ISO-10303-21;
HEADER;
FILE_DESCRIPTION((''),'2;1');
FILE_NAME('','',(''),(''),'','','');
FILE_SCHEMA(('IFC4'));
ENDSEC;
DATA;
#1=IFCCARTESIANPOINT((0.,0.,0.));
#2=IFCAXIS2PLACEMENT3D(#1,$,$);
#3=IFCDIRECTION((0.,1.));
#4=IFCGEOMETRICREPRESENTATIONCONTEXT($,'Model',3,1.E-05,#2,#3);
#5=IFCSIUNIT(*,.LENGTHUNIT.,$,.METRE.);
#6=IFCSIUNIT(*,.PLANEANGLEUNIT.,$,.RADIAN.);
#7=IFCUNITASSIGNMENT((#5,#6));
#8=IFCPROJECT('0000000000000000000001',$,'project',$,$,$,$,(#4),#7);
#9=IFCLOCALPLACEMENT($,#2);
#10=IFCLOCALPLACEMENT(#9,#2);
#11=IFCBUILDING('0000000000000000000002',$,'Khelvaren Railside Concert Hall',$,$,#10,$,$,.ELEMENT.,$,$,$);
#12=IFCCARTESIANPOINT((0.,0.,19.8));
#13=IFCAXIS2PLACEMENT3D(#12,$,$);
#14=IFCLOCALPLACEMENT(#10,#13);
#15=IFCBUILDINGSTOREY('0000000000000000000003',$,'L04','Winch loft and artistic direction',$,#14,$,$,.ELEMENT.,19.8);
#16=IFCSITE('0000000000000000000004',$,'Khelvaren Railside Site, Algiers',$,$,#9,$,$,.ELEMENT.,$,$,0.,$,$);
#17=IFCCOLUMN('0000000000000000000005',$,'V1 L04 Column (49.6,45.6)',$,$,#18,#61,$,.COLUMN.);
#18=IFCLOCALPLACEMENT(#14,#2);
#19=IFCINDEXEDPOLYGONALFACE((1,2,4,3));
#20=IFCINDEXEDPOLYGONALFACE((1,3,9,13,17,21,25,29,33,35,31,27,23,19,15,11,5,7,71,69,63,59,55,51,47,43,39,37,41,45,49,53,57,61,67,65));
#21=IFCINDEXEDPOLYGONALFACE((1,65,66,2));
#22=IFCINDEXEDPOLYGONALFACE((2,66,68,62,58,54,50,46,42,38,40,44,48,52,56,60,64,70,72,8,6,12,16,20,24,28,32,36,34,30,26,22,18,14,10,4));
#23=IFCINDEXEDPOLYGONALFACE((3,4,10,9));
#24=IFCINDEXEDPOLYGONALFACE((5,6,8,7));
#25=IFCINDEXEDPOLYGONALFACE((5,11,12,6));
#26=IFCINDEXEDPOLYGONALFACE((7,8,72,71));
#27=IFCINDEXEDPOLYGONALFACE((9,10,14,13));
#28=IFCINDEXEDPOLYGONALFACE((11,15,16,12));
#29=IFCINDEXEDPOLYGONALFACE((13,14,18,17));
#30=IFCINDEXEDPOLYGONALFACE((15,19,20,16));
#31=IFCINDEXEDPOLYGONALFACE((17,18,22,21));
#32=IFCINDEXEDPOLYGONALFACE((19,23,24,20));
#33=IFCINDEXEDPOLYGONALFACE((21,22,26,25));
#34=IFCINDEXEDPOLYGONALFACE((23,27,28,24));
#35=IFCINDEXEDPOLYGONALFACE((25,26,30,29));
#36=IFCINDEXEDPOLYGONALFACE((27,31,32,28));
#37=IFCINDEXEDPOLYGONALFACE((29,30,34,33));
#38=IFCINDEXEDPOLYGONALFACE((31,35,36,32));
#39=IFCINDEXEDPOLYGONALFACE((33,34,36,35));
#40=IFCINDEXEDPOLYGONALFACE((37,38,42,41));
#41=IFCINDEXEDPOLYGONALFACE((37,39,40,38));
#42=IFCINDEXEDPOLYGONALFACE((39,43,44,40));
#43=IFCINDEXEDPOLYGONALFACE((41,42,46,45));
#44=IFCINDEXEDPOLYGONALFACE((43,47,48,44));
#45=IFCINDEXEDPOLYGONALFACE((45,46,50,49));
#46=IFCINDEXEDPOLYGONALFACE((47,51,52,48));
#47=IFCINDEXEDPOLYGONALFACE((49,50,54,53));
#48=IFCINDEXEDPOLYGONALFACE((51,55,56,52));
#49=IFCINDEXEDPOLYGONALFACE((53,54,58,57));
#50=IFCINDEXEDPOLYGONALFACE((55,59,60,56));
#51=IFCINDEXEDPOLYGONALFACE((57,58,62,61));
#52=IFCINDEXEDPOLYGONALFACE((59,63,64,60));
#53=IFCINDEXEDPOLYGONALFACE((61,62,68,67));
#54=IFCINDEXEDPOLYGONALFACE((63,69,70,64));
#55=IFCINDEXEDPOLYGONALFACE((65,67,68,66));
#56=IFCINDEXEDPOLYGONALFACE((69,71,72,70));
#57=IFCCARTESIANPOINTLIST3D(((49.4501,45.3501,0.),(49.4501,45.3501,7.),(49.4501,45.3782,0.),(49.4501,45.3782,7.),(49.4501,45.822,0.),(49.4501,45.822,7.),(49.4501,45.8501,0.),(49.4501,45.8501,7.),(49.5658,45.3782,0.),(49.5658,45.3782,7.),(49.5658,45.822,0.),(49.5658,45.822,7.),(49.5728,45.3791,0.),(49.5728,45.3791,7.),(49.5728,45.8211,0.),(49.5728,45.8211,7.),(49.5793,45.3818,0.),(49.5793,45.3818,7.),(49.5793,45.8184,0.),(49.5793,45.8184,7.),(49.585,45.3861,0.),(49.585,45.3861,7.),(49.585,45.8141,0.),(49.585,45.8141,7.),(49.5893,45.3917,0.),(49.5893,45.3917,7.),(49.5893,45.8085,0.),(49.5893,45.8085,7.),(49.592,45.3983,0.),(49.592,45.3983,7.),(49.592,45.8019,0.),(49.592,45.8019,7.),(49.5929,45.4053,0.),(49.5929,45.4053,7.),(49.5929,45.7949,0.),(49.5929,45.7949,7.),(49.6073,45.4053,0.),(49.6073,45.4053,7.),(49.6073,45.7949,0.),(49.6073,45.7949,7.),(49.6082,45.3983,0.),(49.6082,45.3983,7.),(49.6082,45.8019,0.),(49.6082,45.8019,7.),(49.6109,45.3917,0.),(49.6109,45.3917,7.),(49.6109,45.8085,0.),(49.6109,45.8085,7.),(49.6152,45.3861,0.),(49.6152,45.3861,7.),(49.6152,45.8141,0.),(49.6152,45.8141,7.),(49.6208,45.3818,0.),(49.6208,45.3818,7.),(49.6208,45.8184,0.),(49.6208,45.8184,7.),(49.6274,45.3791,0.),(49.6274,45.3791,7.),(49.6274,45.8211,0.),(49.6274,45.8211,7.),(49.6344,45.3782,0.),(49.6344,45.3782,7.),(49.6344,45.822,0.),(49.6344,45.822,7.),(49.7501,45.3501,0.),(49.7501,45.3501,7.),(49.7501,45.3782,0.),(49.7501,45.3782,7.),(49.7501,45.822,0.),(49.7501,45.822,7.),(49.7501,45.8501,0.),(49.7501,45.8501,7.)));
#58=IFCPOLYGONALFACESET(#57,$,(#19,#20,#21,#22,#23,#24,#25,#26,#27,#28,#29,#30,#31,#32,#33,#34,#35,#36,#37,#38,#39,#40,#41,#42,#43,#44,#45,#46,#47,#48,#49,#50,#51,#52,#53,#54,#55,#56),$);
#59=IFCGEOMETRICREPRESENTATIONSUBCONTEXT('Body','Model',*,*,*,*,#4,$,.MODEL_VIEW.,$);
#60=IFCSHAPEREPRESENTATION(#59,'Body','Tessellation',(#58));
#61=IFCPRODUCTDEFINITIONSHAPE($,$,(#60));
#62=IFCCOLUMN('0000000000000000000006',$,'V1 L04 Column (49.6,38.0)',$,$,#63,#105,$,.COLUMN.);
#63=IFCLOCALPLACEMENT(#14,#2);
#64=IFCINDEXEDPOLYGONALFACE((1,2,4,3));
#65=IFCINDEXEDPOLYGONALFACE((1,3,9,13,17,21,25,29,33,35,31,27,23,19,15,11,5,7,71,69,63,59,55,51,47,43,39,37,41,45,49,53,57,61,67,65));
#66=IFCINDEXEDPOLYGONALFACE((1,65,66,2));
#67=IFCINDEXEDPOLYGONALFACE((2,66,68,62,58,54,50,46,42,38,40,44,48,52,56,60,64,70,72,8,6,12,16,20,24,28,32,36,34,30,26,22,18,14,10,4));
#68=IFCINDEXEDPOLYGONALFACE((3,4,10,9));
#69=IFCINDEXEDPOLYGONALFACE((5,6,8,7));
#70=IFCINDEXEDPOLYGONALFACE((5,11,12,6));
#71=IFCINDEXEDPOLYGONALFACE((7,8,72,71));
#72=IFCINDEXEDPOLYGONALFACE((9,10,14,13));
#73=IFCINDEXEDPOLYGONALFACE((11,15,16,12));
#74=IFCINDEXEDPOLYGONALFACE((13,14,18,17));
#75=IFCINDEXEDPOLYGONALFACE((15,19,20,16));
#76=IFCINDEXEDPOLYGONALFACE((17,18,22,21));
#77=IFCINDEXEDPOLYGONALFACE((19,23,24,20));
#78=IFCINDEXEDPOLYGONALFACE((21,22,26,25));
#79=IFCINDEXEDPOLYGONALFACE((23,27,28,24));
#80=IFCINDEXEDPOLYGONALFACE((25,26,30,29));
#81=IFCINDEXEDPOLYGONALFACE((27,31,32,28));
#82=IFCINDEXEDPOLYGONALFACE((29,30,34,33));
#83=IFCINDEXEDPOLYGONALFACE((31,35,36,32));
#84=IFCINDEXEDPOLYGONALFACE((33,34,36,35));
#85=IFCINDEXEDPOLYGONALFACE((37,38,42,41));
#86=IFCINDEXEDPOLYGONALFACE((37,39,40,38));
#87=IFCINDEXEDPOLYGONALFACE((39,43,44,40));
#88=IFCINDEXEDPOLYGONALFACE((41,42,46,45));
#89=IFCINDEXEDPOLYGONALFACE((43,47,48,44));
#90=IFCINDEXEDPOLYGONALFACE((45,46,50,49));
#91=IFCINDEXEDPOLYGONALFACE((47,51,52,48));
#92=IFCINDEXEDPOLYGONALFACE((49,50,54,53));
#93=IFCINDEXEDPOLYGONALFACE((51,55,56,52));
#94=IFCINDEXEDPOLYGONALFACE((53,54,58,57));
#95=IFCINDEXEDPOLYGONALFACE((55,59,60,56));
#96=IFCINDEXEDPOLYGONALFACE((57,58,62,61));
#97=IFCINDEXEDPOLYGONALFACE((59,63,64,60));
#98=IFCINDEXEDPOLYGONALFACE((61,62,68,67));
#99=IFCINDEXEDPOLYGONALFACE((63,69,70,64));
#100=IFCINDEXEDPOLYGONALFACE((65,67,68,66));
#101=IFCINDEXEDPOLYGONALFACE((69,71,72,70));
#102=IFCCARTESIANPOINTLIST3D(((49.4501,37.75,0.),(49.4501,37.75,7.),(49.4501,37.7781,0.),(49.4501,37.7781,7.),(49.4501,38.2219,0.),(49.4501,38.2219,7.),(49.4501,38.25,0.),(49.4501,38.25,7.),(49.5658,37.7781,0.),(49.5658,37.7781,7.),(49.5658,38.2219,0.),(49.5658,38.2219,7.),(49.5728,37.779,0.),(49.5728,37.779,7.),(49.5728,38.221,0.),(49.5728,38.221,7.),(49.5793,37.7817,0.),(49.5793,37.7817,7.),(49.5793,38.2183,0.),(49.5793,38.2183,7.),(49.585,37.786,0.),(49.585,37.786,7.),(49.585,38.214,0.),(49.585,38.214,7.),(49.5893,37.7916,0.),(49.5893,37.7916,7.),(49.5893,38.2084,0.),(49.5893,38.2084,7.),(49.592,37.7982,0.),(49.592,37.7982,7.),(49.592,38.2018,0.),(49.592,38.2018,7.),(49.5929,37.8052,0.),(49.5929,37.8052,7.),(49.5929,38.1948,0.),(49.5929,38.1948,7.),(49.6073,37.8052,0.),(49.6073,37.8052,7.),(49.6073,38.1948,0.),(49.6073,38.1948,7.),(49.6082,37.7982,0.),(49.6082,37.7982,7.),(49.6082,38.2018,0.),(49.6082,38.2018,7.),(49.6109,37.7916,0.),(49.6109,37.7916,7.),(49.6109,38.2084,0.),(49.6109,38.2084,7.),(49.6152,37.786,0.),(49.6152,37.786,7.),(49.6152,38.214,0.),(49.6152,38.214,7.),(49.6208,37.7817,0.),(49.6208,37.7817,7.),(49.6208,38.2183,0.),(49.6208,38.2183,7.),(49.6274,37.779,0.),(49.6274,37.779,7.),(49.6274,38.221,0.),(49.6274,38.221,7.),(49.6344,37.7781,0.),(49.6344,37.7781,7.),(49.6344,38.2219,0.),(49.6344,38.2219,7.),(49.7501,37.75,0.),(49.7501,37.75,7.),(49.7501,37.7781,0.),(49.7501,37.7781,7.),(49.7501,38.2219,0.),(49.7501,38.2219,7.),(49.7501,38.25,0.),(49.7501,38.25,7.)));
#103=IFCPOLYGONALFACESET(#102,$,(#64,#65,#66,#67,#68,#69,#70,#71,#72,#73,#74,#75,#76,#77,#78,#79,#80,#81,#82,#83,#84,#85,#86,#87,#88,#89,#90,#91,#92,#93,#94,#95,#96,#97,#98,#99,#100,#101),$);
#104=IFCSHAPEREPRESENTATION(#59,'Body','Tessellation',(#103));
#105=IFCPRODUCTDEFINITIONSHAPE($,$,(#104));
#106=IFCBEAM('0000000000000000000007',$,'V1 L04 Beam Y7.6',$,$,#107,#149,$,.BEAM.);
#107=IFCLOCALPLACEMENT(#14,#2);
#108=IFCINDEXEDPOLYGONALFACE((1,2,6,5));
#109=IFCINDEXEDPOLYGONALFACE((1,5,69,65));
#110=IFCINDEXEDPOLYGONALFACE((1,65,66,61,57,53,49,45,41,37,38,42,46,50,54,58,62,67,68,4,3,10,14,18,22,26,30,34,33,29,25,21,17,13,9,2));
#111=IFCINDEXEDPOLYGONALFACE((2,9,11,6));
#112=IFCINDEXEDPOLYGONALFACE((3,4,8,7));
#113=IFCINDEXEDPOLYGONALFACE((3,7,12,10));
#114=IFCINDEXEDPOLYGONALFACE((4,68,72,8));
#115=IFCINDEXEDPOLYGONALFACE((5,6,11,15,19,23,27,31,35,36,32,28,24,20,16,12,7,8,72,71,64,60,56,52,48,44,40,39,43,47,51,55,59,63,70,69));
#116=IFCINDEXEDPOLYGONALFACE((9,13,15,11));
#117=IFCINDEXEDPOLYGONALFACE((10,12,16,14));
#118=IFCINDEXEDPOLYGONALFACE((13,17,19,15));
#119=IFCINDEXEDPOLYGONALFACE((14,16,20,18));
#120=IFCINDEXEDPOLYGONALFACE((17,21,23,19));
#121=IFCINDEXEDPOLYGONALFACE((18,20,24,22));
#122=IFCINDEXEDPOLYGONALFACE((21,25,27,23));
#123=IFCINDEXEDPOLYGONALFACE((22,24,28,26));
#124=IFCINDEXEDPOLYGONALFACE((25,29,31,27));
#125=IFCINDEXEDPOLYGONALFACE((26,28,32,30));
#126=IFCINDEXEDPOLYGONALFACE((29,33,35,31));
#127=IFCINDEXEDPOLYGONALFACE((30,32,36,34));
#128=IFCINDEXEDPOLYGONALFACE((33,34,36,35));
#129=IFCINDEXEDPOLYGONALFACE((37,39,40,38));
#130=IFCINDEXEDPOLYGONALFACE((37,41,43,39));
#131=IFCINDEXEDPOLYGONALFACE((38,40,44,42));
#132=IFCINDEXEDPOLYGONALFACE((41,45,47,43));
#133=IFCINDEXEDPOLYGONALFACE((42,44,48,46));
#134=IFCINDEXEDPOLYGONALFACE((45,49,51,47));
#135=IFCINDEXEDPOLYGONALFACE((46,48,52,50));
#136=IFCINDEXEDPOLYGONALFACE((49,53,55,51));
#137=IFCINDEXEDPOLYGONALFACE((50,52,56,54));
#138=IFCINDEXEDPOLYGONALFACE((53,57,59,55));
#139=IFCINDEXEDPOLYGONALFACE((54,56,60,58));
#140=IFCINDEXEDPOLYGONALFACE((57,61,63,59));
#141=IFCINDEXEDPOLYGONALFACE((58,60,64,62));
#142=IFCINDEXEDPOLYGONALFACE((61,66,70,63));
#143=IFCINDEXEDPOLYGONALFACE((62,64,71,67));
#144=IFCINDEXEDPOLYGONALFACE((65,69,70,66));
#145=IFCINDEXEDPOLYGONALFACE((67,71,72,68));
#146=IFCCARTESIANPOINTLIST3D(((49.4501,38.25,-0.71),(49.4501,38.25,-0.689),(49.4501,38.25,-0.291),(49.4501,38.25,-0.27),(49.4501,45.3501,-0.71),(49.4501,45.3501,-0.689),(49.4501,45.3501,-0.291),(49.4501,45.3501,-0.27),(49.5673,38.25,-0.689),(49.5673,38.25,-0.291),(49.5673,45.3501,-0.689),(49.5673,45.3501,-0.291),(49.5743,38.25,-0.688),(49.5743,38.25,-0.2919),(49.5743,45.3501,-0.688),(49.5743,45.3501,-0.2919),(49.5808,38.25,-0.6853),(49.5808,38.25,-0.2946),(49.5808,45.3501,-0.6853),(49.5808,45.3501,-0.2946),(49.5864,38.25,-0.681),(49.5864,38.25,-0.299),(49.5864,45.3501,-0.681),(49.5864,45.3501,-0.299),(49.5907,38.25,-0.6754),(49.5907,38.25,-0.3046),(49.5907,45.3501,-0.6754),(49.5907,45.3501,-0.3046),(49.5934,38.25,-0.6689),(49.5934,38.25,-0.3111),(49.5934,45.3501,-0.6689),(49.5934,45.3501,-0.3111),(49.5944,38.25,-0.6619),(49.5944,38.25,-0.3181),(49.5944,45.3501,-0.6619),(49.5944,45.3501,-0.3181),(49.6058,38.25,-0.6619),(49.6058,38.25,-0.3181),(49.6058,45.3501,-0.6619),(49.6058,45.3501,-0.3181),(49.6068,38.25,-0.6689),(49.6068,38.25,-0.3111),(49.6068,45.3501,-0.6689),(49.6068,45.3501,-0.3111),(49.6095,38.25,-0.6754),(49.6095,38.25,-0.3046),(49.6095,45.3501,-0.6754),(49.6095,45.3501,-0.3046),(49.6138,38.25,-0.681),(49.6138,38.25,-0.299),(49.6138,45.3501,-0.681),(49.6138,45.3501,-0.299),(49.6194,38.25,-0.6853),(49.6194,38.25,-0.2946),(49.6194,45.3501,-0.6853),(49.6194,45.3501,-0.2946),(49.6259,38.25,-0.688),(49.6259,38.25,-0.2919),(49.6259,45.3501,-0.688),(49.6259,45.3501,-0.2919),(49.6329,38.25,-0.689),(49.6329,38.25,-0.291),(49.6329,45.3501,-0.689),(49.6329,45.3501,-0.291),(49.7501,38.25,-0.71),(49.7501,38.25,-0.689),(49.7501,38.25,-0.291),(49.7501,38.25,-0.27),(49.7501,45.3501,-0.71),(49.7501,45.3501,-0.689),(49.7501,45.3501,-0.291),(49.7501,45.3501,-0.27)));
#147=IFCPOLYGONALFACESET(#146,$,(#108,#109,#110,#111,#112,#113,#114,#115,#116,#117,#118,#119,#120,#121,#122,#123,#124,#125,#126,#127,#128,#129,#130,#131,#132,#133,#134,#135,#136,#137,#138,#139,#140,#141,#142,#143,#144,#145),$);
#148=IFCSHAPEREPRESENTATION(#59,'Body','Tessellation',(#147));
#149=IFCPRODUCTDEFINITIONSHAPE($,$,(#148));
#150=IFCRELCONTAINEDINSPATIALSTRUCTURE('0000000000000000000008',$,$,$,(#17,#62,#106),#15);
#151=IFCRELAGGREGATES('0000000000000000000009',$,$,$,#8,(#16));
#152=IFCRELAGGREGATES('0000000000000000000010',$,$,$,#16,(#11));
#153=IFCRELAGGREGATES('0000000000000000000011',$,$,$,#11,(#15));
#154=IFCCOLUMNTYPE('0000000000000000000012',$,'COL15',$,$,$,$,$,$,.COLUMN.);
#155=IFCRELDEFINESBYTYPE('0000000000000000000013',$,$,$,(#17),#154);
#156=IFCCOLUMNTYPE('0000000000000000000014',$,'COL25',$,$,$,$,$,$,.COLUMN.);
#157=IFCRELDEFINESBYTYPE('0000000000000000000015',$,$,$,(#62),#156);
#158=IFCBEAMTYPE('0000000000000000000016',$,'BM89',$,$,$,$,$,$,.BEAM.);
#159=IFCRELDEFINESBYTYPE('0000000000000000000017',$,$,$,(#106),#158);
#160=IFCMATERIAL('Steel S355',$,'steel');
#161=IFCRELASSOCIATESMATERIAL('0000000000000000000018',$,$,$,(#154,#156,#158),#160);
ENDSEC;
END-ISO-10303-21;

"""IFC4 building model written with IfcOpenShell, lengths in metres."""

from ifc_helpers import new_model, si_unit, direction, frame, origin, origin_2d, place, context, subcontext, project, spatial, i_section, extrude, material, material_profile, profile_set, type_object, element, save


model = new_model("IFC4")

# Units and contexts
model_context = context("Model", 3, precision=1e-05, world=origin(), true_north=direction((0.0, 1.0)))
body_context = subcontext(model_context, "Body", "Model", "MODEL_VIEW")
ifc_project = project(units=[si_unit("LENGTHUNIT", "METRE"), si_unit("PLANEANGLEUNIT", "RADIAN")], contexts=[model_context])

# Site, building, storey
site_placement = place(None, origin())
site = spatial("IfcSite", under=ifc_project, at=site_placement, Name="Khelvaren Railside Site, Algiers", CompositionType="ELEMENT", RefElevation=0.0)
building_placement = place(site_placement, origin())
building = spatial("IfcBuilding", under=site, at=building_placement, Name="Khelvaren Railside Concert Hall", CompositionType="ELEMENT")
storey_placement = place(building_placement, frame((0.0, 0.0, 19.8)))
storey = spatial("IfcBuildingStorey", under=building, at=storey_placement, Name="L04", Description="Winch loft and artistic direction", CompositionType="ELEMENT", Elevation=19.8)

# Columns
ifc_material_1 = material(Name="Steel S355", Category="steel")
ifc_material_profile_1 = material_profile(ifc_material_1, i_section(OverallWidth=0.3, OverallDepth=0.5, WebThickness=0.0144, FlangeThickness=0.0281, FilletRadius=0.0271, at=origin_2d()), Name="HEB 500")
ifc_profile_set_1 = profile_set([ifc_material_profile_1], Name="Steel S355")
column_type_1 = type_object("IfcColumnType", Name="COL15", PredefinedType="COLUMN", material=ifc_profile_set_1)
column_1_placement = place(storey_placement, frame((49.6001, 45.6001, 0.0), z_axis=(0.0, 0.0, 1.0), x_axis=(1.0, 0.0, 0.0)))
element("IfcColumn", 1, at=column_1_placement, inside=storey, type_object=column_type_1, Name="V1 L04 Column (49.6,45.6)", PredefinedType="COLUMN", context=body_context, shape_type="SweptSolid", body=[
    extrude(i_section(OverallWidth=0.3, OverallDepth=0.5, WebThickness=0.0144, FlangeThickness=0.0281, FilletRadius=0.0271, at=origin_2d()), origin(), (0.0, 0.0, 1.0), 7.0),
])
ifc_material_profile_2 = material_profile(ifc_material_1, i_section(OverallWidth=0.3, OverallDepth=0.5, WebThickness=0.0144, FlangeThickness=0.0281, FilletRadius=0.0271, at=origin_2d()), Name="HEB 500")
ifc_profile_set_2 = profile_set([ifc_material_profile_2], Name="Steel S355")
column_type_2 = type_object("IfcColumnType", Name="COL25", PredefinedType="COLUMN", material=ifc_profile_set_2)
column_2_placement = place(storey_placement, frame((49.6001, 38.0, 0.0), z_axis=(0.0, 0.0, 1.0), x_axis=(1.0, 0.0, 0.0)))
element("IfcColumn", 2, at=column_2_placement, inside=storey, type_object=column_type_2, Name="V1 L04 Column (49.6,38.0)", PredefinedType="COLUMN", context=body_context, shape_type="SweptSolid", body=[
    extrude(i_section(OverallWidth=0.3, OverallDepth=0.5, WebThickness=0.0144, FlangeThickness=0.0281, FilletRadius=0.0271, at=origin_2d()), origin(), (0.0, 0.0, 1.0), 7.0),
])

# Beam
ifc_material_profile_3 = material_profile(ifc_material_1, i_section(OverallWidth=0.3, OverallDepth=0.4399, WebThickness=0.0115, FlangeThickness=0.021, FilletRadius=0.0271, at=origin_2d()), Name="HEA 450")
ifc_profile_set_3 = profile_set([ifc_material_profile_3], Name="Steel S355")
beam_type_1 = type_object("IfcBeamType", Name="BM89", PredefinedType="BEAM", material=ifc_profile_set_3)
beam_1_placement = place(storey_placement, frame((49.6001, 38.25, -0.49), z_axis=(0.0, 1.0, 0.0), x_axis=(-1.0, 0.0, 0.0)))
element("IfcBeam", 3, at=beam_1_placement, inside=storey, type_object=beam_type_1, Name="V1 L04 Beam Y7.6", PredefinedType="BEAM", context=body_context, shape_type="SweptSolid", body=[
    extrude(i_section(OverallWidth=0.3, OverallDepth=0.4399, WebThickness=0.0115, FlangeThickness=0.021, FilletRadius=0.0271, at=origin_2d()), origin(), (0.0, 0.0, 1.0), 7.1001),
])

save(model, "model.ifc")
